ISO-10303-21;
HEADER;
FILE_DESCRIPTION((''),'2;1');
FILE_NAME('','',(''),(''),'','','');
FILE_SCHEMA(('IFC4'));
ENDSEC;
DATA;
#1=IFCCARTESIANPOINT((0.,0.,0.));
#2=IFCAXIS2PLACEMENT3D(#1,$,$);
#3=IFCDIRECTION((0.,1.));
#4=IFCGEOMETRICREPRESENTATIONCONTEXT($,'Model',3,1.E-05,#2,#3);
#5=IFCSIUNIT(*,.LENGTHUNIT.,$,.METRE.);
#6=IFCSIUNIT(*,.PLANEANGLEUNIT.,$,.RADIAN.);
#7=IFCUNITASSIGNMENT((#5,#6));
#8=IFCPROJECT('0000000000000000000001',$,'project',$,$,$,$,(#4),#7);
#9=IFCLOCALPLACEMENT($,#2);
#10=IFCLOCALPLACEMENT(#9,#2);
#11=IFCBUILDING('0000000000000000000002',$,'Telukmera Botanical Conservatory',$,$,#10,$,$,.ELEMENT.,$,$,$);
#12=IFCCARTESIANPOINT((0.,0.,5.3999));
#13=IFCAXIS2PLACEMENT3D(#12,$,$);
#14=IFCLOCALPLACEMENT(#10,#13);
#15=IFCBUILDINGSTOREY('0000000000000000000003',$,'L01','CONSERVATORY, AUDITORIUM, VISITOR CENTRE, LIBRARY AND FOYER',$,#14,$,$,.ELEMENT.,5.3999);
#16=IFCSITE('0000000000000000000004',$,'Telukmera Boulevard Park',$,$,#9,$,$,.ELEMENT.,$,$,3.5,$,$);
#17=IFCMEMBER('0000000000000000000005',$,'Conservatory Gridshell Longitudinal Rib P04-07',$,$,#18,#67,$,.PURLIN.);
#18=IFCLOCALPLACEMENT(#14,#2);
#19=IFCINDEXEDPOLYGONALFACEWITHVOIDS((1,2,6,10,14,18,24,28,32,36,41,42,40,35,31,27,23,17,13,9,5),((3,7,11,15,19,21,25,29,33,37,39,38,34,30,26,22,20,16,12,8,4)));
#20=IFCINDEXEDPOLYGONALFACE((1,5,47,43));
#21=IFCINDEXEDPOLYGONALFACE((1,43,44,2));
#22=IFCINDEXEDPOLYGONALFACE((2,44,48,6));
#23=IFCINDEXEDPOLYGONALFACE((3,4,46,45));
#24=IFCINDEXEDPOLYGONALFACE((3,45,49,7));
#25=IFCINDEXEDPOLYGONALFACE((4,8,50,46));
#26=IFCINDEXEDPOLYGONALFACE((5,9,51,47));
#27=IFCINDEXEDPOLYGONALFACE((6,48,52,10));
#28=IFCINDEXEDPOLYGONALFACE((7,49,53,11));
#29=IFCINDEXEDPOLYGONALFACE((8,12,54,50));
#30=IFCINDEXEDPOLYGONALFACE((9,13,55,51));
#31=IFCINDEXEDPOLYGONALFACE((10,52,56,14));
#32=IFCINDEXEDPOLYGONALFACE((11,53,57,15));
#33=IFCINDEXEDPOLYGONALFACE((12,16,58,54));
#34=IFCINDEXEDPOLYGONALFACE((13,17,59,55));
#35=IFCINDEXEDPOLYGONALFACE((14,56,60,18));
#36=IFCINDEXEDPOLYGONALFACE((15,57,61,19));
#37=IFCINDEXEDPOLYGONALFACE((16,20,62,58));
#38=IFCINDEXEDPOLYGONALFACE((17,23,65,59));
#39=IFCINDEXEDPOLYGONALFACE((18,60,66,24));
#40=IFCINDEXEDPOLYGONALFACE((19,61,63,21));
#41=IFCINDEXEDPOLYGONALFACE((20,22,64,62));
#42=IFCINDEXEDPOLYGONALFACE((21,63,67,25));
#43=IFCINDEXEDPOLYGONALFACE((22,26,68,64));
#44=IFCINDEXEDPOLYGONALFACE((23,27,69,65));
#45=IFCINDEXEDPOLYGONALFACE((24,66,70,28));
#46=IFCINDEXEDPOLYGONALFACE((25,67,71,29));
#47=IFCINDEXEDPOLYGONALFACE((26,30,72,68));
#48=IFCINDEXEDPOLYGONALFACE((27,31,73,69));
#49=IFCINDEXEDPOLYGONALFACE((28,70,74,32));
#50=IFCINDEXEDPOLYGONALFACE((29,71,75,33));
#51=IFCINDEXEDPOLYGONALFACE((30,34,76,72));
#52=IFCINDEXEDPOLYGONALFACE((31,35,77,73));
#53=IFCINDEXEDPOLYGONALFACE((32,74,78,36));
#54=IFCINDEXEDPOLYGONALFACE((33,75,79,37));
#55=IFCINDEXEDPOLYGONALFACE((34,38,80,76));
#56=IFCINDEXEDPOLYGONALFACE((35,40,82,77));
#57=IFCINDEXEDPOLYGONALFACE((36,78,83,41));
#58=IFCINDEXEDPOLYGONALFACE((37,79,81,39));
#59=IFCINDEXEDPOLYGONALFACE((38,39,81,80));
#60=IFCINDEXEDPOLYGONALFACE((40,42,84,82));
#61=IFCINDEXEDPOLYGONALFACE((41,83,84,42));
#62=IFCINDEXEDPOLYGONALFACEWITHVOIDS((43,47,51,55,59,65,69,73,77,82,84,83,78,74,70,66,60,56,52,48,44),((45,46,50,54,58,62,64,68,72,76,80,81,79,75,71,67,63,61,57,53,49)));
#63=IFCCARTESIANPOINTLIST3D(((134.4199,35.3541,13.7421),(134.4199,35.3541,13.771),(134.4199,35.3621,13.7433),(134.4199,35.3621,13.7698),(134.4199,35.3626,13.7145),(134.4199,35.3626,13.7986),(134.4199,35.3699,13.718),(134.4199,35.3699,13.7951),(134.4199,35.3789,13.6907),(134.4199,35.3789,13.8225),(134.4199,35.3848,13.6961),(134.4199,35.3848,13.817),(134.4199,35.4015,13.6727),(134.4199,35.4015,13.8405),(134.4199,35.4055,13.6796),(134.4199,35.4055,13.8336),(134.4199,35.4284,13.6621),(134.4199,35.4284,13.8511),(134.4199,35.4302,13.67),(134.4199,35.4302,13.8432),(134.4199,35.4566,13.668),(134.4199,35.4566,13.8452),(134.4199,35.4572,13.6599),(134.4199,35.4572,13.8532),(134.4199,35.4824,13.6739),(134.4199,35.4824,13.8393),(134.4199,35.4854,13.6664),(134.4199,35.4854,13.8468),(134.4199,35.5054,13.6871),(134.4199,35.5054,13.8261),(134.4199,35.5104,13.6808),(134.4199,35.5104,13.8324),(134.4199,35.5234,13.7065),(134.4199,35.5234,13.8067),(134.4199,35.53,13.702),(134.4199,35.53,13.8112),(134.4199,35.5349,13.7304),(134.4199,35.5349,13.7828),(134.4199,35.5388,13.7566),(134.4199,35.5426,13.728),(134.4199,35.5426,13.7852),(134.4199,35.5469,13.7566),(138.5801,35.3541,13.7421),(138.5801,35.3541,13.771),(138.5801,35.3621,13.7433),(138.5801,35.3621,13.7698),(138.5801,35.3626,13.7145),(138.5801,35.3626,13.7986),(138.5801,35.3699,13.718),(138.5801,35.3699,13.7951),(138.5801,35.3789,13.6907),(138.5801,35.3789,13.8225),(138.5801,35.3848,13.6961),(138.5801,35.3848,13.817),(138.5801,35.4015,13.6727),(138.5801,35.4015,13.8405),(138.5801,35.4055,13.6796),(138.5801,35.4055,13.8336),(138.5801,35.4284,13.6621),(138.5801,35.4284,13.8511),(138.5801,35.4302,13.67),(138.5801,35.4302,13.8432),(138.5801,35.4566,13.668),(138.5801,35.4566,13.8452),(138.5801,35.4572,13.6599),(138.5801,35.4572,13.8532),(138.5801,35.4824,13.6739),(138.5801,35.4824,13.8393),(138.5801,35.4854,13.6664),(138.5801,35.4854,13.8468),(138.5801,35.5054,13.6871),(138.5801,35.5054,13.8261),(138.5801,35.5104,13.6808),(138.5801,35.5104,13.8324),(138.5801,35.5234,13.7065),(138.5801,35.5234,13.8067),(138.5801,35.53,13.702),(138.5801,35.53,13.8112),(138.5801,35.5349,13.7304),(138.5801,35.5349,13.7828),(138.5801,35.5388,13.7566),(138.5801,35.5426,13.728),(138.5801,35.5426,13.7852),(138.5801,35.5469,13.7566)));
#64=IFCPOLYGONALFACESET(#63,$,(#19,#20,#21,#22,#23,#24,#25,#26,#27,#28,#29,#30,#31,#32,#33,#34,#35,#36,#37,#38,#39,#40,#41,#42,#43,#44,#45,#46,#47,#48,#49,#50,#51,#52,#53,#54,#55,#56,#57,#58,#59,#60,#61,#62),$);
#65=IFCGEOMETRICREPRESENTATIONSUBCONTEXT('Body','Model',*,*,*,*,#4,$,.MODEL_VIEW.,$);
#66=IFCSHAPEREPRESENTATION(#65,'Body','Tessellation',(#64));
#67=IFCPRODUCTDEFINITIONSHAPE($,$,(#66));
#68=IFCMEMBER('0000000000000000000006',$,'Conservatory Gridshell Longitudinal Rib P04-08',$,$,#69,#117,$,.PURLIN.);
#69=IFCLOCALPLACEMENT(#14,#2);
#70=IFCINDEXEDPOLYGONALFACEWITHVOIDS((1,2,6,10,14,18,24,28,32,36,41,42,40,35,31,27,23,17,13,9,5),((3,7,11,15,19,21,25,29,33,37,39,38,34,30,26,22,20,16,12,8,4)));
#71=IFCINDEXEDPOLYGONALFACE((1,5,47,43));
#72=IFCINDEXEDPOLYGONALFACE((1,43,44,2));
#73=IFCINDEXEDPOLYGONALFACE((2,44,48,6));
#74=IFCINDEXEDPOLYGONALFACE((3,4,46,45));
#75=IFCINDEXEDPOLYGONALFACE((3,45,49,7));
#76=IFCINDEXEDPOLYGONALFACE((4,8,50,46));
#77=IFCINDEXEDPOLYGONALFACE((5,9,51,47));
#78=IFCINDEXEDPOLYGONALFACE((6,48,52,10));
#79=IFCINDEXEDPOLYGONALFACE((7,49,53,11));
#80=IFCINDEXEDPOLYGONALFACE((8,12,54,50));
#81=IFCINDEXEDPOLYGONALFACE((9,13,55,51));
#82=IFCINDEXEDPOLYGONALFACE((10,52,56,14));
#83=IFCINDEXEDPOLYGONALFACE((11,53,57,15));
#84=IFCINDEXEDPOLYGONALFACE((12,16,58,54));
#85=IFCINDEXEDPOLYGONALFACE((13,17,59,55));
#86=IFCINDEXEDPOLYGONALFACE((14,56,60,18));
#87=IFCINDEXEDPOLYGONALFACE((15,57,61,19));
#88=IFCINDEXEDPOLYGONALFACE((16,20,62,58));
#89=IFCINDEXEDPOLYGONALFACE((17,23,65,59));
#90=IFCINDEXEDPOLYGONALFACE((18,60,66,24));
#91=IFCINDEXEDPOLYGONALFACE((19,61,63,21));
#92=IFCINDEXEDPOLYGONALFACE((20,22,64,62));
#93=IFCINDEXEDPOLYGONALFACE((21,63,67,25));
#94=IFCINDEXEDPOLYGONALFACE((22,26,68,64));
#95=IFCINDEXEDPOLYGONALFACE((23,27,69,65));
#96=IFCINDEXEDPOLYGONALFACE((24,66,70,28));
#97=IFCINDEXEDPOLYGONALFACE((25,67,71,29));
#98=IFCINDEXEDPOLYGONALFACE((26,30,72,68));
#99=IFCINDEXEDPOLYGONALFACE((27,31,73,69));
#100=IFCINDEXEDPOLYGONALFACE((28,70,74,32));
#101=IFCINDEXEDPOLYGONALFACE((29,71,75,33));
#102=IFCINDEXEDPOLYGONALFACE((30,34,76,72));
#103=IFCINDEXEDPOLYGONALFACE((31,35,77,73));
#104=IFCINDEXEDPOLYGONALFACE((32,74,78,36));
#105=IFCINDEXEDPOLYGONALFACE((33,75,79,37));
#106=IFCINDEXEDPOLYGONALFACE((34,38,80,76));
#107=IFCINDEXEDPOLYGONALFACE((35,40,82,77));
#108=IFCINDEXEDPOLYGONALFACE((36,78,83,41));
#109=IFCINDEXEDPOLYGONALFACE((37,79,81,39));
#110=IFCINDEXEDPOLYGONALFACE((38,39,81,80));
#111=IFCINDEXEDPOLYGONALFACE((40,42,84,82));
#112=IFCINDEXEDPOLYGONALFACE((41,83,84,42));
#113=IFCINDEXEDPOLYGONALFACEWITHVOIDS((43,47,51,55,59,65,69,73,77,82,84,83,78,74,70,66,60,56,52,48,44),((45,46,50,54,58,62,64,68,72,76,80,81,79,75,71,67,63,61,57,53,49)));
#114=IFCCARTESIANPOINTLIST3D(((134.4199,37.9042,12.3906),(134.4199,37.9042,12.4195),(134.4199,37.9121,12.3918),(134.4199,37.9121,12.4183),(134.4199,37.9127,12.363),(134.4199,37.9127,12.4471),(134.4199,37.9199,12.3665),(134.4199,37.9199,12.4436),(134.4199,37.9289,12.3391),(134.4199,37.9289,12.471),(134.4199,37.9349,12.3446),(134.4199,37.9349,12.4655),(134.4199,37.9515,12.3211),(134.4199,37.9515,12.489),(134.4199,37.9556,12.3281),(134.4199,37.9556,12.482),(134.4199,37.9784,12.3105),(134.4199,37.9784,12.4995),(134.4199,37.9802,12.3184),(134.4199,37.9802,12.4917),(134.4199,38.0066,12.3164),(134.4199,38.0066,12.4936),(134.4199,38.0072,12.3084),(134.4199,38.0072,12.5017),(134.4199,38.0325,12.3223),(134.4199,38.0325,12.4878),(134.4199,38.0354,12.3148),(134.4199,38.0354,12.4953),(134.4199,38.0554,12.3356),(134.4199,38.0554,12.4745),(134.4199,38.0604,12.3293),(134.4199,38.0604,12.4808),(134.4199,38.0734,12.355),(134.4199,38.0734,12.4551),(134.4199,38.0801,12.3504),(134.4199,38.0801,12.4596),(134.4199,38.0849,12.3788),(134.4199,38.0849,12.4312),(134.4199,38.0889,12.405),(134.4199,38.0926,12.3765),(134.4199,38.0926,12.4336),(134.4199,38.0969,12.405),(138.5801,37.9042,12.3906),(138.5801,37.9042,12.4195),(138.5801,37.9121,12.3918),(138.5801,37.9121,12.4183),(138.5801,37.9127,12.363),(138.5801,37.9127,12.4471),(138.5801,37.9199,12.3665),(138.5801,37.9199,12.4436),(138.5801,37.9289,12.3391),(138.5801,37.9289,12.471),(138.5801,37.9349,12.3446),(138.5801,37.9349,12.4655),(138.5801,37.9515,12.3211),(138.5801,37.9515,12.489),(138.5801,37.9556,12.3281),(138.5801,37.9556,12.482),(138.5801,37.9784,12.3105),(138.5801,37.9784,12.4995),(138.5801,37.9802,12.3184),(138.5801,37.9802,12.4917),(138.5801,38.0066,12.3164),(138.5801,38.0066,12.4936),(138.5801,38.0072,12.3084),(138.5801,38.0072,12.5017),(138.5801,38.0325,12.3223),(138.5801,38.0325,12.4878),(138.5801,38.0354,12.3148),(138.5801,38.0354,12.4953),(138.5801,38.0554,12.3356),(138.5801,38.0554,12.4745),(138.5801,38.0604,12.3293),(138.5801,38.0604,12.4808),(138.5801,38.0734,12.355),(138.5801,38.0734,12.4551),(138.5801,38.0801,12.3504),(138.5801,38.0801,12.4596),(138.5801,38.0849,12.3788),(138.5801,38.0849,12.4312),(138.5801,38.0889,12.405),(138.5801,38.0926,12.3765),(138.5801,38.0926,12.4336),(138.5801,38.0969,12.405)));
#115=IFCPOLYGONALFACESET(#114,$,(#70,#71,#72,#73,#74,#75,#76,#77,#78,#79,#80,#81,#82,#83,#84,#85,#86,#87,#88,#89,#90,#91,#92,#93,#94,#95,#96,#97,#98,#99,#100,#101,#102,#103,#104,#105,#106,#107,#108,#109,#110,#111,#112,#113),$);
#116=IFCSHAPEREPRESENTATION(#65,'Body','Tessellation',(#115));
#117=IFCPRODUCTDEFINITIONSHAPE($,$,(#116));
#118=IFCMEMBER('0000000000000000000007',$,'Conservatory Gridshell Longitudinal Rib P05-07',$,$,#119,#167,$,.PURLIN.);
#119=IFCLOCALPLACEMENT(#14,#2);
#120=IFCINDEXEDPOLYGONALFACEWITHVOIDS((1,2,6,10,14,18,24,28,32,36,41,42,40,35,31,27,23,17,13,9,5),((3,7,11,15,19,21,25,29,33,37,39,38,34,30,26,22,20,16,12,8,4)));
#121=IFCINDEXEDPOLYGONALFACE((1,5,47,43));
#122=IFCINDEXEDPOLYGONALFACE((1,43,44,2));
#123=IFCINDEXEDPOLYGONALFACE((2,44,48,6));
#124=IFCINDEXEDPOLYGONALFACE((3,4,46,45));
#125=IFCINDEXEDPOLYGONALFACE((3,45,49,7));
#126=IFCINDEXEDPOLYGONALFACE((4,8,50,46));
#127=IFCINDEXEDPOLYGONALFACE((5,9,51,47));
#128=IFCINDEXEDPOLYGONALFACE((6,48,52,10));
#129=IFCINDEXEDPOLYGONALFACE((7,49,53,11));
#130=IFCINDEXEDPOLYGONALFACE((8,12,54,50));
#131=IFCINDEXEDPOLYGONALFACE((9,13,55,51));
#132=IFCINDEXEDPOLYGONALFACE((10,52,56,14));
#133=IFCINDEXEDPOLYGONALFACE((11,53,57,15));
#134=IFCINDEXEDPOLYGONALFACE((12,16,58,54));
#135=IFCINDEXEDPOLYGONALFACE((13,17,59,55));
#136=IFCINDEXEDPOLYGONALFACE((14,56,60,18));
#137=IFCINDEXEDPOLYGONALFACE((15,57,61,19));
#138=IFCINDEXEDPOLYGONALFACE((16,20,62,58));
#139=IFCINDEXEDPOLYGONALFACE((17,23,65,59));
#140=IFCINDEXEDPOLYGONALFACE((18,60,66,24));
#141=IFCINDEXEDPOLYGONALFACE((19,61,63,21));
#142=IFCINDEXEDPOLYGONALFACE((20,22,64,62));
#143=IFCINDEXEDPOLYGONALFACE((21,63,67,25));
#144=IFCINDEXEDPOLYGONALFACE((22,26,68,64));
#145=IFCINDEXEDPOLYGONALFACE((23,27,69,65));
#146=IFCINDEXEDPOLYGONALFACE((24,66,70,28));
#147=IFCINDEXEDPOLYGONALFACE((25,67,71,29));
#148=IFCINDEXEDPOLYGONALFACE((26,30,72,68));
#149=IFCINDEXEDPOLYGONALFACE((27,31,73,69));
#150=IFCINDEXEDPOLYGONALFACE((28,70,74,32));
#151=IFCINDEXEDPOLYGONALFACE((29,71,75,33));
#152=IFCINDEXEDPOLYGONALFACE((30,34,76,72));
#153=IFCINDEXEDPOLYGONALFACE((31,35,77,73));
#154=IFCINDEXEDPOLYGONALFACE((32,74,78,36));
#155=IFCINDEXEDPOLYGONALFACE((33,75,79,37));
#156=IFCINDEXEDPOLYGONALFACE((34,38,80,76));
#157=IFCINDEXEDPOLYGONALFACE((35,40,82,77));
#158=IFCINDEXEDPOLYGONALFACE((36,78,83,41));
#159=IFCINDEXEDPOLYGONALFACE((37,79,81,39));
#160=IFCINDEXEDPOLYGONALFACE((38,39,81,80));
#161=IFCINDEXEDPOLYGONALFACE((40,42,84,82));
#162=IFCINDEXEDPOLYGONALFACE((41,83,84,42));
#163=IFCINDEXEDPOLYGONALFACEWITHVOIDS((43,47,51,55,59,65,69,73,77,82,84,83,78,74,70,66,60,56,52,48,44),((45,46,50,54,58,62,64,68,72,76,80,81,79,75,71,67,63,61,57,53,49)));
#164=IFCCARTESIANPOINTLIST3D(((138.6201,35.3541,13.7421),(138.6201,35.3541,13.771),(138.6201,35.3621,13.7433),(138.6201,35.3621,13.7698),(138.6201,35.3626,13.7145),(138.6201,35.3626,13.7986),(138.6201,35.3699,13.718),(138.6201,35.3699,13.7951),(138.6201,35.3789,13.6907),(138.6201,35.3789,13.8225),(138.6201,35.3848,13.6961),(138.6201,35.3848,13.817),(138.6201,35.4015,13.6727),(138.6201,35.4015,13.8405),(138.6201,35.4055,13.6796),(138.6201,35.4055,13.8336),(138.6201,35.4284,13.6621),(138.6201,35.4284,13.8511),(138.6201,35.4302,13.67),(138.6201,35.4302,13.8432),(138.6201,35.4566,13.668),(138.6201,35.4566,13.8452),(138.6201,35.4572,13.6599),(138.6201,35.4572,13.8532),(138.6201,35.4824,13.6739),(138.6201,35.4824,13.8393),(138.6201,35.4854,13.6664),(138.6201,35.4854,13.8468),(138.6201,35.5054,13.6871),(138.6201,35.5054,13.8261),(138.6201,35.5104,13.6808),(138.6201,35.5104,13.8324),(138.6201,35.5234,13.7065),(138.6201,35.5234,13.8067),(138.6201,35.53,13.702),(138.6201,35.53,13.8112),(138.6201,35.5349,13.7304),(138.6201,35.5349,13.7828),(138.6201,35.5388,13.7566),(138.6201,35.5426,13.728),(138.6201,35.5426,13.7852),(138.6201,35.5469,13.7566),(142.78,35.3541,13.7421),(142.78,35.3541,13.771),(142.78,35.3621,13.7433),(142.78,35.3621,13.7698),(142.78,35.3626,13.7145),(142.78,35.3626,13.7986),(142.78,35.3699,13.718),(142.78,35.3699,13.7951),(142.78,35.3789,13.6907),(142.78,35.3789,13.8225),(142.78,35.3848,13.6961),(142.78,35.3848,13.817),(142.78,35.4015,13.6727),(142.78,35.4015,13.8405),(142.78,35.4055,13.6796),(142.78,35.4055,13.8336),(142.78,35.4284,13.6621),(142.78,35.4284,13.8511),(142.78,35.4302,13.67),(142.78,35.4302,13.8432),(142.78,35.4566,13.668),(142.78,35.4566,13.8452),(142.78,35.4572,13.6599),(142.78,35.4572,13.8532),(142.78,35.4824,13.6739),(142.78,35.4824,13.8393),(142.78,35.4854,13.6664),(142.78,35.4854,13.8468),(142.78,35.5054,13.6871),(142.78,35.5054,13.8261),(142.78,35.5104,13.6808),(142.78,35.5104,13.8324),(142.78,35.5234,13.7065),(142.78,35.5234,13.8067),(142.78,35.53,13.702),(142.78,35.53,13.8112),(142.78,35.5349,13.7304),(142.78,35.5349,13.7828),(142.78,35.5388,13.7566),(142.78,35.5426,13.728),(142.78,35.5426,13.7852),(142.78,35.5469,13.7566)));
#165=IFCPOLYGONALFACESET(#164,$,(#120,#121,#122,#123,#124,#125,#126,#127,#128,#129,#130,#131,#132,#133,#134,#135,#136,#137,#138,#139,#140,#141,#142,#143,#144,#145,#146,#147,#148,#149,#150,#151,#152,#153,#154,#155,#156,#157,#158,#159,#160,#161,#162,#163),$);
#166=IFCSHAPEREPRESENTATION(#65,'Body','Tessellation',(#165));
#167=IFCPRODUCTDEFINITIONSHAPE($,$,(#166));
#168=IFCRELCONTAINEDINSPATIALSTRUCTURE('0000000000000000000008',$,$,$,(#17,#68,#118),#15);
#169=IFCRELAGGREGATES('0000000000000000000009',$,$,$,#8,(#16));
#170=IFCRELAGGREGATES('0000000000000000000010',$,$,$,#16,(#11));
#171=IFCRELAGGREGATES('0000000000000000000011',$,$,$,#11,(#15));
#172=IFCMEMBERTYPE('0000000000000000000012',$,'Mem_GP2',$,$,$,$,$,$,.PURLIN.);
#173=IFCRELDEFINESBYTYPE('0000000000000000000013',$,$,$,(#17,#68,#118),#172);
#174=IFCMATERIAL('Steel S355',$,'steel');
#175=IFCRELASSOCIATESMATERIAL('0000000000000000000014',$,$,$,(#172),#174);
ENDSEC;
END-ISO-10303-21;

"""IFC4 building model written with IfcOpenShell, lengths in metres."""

from ifc_helpers import new_model, si_unit, direction, frame, origin, origin_2d, place, context, subcontext, project, spatial, hollow_circle, extrude, material, material_profile, profile_set, type_object, element, save


model = new_model("IFC4")

# Units and contexts
model_context = context("Model", 3, precision=1e-05, world=origin(), true_north=direction((0.0, 1.0)))
body_context = subcontext(model_context, "Body", "Model", "MODEL_VIEW")
ifc_project = project(units=[si_unit("LENGTHUNIT", "METRE"), si_unit("PLANEANGLEUNIT", "RADIAN")], contexts=[model_context])

# Site, building, storey
site_placement = place(None, origin())
site = spatial("IfcSite", under=ifc_project, at=site_placement, Name="Telukmera Boulevard Park", CompositionType="ELEMENT", RefElevation=3.5)
building_placement = place(site_placement, origin())
building = spatial("IfcBuilding", under=site, at=building_placement, Name="Telukmera Botanical Conservatory", CompositionType="ELEMENT")
storey_placement = place(building_placement, frame((0.0, 0.0, 5.3999)))
storey = spatial("IfcBuildingStorey", under=building, at=storey_placement, Name="L01", Description="CONSERVATORY, AUDITORIUM, VISITOR CENTRE, LIBRARY AND FOYER", CompositionType="ELEMENT", Elevation=5.3999)

# Members
ifc_material = material(Name="Steel S355", Category="steel")
ifc_material_profile_1 = material_profile(ifc_material, hollow_circle(Radius=0.0969, WallThickness=0.0081, at=origin_2d()), Name="CHS 193.7x8.0")
ifc_profile_set_1 = profile_set([ifc_material_profile_1], Name="Steel S355")
member_type_1 = type_object("IfcMemberType", Name="Mem_GP2", PredefinedType="PURLIN", material=ifc_profile_set_1)
for number, where, z_axis, x_axis, name in (
    (1, (134.4199, 35.45, 13.7566), (1.0, 0.0, 0.0), (0.0, 1.0, 0.0), "Conservatory Gridshell Longitudinal Rib P04-07"),
    (2, (134.4199, 38.0, 12.405), (1.0, 0.0, 0.0), (0.0, 1.0, 0.0), "Conservatory Gridshell Longitudinal Rib P04-08"),
):
    element("IfcMember", number, at=place(storey_placement, frame(where, z_axis=z_axis, x_axis=x_axis)), inside=storey, type_object=member_type_1, Name=name, PredefinedType="PURLIN", context=body_context, shape_type="SweptSolid", body=[
        extrude(hollow_circle(Radius=0.0969, WallThickness=0.0081, at=origin_2d()), origin(), (0.0, 0.0, 1.0), 4.1602),
    ])
for number, where, z_axis, x_axis, name in (
    (3, (138.6201, 35.45, 13.7566), (1.0, 0.0, 0.0), (0.0, 1.0, 0.0), "Conservatory Gridshell Longitudinal Rib P05-07"),
):
    element("IfcMember", number, at=place(storey_placement, frame(where, z_axis=z_axis, x_axis=x_axis)), inside=storey, type_object=member_type_1, Name=name, PredefinedType="PURLIN", context=body_context, shape_type="SweptSolid", body=[
        extrude(hollow_circle(Radius=0.0969, WallThickness=0.0081, at=origin_2d()), origin(), (0.0, 0.0, 1.0), 4.1599),
    ])

save(model, "model.ifc")
